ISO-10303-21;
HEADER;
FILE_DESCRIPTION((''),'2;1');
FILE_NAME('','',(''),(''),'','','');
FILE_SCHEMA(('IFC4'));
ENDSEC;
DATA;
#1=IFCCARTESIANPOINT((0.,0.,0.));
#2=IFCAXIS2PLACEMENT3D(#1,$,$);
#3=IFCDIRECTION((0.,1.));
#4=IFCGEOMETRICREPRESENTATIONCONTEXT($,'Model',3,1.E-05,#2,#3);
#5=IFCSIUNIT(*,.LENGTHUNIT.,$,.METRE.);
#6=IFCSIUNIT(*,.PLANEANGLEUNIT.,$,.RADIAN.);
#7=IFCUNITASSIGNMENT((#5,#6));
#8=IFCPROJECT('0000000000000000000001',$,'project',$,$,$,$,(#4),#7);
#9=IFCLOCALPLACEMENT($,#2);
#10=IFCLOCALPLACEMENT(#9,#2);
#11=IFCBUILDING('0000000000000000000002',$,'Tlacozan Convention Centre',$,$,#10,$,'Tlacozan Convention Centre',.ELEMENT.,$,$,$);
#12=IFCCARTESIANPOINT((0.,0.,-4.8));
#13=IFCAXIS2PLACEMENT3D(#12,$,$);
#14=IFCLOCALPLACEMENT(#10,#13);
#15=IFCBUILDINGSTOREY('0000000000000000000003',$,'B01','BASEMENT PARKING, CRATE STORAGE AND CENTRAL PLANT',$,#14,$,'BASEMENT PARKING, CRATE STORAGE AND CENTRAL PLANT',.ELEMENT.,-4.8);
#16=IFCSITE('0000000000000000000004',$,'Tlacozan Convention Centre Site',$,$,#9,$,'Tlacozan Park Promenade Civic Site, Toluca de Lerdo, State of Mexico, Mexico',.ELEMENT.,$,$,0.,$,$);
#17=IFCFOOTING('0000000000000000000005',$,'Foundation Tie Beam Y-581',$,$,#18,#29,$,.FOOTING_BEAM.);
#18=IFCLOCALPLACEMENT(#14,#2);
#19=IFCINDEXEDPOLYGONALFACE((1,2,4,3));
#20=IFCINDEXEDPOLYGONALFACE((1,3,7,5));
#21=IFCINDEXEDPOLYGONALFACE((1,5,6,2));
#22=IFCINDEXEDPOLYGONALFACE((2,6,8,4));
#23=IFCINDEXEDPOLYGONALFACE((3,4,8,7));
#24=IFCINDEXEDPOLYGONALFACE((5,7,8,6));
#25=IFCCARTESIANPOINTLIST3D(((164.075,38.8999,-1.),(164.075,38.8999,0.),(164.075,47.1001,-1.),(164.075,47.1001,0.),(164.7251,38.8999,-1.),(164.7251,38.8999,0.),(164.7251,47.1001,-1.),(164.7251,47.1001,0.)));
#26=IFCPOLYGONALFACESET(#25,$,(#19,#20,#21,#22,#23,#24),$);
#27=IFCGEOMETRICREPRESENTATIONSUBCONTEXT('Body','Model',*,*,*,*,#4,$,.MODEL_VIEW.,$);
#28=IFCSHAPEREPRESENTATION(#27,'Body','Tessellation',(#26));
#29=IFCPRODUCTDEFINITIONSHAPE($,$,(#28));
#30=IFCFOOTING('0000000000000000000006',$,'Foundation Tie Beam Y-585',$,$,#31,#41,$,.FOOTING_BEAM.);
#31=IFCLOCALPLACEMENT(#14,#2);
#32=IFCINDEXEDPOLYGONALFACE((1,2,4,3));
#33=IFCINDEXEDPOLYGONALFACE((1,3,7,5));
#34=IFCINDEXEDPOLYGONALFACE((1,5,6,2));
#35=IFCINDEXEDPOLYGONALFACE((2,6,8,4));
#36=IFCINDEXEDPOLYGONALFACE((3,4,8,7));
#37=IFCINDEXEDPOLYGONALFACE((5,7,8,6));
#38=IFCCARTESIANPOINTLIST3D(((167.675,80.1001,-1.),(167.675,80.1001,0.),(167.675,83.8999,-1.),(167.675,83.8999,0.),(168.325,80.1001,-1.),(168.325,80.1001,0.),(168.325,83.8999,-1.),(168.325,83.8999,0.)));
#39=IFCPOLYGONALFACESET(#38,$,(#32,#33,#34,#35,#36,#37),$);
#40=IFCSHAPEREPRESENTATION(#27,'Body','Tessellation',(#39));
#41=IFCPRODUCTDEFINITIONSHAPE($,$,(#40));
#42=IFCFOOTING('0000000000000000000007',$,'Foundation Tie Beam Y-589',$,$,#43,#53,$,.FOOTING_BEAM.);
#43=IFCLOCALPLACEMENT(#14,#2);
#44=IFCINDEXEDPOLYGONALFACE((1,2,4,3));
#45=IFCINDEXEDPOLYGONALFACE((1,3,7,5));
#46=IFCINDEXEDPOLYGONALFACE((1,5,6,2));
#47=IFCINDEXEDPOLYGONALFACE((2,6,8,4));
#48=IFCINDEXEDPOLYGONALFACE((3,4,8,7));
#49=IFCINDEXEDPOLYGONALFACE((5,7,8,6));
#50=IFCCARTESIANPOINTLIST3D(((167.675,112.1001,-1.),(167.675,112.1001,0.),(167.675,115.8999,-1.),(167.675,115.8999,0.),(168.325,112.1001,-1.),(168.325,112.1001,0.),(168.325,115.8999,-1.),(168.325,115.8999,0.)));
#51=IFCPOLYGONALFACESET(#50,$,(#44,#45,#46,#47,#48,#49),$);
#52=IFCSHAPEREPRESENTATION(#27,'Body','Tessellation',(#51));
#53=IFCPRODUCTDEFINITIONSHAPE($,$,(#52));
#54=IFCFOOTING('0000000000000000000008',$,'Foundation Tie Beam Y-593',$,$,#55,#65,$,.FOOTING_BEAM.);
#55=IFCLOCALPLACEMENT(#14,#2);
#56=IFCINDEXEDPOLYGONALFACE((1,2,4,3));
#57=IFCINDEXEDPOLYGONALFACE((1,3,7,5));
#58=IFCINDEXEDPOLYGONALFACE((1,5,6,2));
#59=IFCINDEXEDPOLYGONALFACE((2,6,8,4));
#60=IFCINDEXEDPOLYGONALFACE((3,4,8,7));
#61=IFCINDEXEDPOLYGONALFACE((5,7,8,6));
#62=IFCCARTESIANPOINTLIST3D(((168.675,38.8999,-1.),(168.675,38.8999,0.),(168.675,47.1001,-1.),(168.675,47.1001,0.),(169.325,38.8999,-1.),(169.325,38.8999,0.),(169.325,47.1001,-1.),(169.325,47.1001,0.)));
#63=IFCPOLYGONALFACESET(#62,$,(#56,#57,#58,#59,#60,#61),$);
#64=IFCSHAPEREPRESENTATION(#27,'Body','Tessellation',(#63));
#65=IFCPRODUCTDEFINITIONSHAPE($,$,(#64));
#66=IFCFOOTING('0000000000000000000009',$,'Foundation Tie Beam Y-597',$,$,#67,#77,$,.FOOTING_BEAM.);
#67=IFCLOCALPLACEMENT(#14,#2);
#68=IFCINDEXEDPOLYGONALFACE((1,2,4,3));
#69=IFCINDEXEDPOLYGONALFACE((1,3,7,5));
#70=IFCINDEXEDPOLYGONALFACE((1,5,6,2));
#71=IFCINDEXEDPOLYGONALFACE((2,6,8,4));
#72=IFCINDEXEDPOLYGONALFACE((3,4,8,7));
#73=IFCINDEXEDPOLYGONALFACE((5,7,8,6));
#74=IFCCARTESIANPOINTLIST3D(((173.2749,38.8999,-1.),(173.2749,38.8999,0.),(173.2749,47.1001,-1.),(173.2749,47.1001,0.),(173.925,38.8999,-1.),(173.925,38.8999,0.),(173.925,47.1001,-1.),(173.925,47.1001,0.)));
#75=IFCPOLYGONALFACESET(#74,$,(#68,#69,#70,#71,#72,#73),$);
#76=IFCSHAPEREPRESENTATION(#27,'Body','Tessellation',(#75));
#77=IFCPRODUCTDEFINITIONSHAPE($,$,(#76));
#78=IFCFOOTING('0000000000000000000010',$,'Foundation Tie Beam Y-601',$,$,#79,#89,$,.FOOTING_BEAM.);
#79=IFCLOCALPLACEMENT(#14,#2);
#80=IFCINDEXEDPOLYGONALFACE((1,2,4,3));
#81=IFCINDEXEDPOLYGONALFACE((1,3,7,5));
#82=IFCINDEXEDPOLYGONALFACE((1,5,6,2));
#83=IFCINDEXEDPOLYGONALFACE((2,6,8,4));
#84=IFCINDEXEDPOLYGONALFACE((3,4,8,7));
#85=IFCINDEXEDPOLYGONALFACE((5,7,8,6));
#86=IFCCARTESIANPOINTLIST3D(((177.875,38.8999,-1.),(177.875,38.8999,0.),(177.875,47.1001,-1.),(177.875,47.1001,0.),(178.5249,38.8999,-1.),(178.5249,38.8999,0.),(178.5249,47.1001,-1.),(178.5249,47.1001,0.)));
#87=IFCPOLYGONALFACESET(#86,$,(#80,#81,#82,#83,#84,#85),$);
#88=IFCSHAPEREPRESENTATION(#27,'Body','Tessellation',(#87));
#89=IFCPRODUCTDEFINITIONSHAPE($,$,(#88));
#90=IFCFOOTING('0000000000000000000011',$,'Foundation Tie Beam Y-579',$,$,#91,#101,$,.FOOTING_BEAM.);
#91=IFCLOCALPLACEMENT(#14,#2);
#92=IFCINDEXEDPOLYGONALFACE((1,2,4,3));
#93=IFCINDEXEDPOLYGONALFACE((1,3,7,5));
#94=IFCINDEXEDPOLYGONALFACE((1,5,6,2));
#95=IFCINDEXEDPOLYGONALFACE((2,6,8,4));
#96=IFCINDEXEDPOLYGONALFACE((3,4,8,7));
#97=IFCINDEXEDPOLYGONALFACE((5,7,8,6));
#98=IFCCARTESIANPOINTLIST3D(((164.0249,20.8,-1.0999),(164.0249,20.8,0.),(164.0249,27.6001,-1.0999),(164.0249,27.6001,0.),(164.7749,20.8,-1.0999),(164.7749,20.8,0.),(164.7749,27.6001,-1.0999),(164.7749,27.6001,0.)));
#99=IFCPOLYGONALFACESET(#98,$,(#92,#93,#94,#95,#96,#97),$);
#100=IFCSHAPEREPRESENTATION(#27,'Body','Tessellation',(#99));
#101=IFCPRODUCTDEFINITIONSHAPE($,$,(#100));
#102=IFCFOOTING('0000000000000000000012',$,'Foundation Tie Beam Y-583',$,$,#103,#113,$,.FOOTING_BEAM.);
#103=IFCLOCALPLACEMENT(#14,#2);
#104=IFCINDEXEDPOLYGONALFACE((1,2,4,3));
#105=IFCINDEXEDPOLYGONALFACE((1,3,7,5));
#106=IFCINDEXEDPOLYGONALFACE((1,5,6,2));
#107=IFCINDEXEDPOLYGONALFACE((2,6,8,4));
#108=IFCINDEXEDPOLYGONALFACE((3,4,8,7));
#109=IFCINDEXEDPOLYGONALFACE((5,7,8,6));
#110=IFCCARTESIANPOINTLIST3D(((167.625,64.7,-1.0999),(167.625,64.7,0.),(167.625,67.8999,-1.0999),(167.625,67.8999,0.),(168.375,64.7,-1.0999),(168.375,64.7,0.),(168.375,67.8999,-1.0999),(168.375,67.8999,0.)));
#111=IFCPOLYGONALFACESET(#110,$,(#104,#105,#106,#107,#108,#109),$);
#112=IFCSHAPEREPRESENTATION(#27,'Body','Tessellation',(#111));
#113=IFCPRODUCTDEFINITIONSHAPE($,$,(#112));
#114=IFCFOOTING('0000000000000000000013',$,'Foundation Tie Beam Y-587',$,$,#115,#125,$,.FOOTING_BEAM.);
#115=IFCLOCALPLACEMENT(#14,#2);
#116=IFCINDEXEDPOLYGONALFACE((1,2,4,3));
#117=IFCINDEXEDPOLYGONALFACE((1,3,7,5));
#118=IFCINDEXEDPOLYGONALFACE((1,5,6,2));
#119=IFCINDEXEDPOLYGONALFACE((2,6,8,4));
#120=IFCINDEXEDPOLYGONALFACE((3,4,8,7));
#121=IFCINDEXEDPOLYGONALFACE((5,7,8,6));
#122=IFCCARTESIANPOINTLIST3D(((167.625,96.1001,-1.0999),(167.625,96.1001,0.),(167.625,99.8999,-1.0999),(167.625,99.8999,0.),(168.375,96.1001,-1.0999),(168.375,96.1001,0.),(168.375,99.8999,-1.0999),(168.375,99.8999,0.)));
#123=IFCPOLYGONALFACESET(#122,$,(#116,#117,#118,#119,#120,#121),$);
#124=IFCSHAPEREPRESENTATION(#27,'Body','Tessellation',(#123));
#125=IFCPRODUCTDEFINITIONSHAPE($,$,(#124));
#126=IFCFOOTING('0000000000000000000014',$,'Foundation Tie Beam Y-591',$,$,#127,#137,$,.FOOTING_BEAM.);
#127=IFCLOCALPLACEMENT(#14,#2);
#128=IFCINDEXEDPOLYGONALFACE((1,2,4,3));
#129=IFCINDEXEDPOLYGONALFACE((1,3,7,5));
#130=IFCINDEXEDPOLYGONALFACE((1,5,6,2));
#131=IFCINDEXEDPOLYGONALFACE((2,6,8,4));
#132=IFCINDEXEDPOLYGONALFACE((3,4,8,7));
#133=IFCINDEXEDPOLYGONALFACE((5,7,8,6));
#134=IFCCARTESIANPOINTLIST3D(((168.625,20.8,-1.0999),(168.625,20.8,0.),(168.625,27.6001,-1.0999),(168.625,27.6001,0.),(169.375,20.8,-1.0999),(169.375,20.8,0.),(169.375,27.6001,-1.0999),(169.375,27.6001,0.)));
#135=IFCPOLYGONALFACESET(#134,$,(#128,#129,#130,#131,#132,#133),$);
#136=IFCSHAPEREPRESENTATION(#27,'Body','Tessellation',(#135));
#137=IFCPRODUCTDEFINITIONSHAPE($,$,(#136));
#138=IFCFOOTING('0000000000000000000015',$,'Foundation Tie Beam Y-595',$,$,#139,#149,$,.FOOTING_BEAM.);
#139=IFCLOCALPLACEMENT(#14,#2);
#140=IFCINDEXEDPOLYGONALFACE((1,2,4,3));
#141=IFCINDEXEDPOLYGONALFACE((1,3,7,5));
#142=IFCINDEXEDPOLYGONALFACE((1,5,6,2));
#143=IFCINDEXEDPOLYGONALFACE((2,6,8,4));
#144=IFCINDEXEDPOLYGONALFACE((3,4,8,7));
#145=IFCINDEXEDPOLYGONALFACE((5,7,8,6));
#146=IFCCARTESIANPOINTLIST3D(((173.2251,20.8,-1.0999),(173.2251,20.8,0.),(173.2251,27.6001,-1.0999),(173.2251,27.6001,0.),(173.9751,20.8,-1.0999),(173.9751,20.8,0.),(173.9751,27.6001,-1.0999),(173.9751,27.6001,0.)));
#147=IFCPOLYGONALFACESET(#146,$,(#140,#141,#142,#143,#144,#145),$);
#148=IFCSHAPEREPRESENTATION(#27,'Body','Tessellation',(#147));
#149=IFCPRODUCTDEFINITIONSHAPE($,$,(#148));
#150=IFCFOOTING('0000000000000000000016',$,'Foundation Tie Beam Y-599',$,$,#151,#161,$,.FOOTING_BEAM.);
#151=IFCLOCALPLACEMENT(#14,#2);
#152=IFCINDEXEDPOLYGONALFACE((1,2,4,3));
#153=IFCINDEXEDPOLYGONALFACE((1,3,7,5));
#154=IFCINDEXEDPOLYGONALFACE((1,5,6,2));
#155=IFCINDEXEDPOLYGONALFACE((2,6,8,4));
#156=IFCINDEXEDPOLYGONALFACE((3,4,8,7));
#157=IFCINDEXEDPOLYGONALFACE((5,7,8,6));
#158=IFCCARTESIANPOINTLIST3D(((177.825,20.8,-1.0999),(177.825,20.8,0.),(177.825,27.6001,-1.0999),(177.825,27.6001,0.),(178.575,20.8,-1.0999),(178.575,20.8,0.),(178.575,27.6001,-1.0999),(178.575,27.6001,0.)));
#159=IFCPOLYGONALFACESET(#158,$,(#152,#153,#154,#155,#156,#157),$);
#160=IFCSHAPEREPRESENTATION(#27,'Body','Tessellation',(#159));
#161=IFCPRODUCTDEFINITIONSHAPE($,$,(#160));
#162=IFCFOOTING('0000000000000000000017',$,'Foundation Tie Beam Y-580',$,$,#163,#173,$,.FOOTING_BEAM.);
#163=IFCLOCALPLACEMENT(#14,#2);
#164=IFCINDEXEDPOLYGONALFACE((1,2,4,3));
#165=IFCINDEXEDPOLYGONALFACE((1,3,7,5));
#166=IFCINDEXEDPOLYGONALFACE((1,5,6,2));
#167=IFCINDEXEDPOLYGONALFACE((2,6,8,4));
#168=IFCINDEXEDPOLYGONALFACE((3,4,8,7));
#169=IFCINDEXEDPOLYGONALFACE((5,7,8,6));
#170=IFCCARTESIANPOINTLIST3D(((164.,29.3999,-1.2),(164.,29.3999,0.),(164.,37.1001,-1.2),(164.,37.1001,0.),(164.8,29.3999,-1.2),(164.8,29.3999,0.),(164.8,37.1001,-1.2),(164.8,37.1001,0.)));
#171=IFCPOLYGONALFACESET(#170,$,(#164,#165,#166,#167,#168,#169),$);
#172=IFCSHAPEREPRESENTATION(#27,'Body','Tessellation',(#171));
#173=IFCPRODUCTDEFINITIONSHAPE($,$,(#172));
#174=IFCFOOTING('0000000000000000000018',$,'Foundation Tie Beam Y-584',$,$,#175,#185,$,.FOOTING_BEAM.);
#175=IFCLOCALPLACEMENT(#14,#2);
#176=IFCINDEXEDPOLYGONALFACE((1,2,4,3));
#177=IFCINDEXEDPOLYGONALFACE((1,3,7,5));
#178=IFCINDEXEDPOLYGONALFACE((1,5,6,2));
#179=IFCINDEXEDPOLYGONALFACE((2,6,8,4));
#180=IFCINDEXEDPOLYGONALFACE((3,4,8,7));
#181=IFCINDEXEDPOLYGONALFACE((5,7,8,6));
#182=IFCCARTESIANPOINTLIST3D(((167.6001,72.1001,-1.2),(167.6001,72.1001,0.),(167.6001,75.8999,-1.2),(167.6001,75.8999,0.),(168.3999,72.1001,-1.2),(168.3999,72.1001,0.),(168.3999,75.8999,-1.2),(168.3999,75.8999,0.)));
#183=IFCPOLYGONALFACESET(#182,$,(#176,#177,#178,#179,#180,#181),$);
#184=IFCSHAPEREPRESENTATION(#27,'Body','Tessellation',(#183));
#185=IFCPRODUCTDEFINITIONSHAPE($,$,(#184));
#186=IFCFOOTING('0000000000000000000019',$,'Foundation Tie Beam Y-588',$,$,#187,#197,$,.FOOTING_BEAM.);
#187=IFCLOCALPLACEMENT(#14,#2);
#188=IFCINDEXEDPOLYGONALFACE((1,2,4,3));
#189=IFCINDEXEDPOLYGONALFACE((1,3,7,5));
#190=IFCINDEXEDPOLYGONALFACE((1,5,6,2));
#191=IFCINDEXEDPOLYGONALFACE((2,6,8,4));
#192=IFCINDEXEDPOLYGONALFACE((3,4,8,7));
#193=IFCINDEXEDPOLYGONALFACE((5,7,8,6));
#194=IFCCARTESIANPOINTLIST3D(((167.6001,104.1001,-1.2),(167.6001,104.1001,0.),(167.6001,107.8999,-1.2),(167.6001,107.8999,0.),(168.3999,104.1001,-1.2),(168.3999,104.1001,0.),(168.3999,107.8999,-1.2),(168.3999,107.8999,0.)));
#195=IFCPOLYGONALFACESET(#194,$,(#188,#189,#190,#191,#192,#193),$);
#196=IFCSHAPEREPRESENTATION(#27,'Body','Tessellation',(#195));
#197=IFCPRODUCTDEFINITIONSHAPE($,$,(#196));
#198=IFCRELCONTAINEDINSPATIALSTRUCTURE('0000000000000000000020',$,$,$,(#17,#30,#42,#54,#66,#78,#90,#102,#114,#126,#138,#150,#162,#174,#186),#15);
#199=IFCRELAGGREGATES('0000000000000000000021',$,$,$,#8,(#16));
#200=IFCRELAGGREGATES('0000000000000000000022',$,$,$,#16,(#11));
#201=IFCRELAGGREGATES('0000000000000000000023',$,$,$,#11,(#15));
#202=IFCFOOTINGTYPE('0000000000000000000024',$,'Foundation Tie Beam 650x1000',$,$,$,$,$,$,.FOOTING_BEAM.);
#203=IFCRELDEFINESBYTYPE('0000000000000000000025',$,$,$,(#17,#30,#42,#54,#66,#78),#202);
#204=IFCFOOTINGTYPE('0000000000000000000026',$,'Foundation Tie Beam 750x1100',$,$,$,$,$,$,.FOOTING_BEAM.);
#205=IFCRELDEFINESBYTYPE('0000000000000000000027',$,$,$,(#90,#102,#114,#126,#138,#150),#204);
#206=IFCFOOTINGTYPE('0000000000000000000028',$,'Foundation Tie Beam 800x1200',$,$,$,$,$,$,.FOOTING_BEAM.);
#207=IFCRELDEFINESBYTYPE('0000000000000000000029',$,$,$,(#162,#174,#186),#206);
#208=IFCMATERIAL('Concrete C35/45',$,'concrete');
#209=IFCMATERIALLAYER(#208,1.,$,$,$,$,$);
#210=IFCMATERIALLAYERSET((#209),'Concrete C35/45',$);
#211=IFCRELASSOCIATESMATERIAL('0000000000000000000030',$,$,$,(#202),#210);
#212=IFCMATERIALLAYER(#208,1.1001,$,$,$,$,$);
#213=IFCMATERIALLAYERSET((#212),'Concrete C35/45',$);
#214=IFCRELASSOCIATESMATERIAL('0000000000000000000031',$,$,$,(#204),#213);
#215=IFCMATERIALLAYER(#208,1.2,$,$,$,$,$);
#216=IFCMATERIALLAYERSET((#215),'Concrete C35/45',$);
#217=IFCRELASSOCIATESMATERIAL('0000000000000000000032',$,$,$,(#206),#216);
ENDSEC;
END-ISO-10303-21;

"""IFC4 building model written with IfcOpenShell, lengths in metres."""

from ifc_helpers import new_model, si_unit, direction, frame, origin, place, context, subcontext, project, spatial, polyline, outline, extrude, material, layer, layer_set, type_object, element, save


model = new_model("IFC4")

# Units and contexts
model_context = context("Model", 3, precision=1e-05, world=origin(), true_north=direction((0.0, 1.0)))
body_context = subcontext(model_context, "Body", "Model", "MODEL_VIEW")
ifc_project = project(units=[si_unit("LENGTHUNIT", "METRE"), si_unit("PLANEANGLEUNIT", "RADIAN")], contexts=[model_context])

# Site, building, storey
site_placement = place(None, origin())
site = spatial("IfcSite", under=ifc_project, at=site_placement, Name="Tlacozan Convention Centre Site", LongName="Tlacozan Park Promenade Civic Site, Toluca de Lerdo, State of Mexico, Mexico", CompositionType="ELEMENT", RefElevation=0.0)
building_placement = place(site_placement, origin())
building = spatial("IfcBuilding", under=site, at=building_placement, Name="Tlacozan Convention Centre", LongName="Tlacozan Convention Centre", CompositionType="ELEMENT")
storey_placement = place(building_placement, frame((0.0, 0.0, -4.8)))
storey = spatial("IfcBuildingStorey", under=building, at=storey_placement, Name="B01", Description="BASEMENT PARKING, CRATE STORAGE AND CENTRAL PLANT", LongName="BASEMENT PARKING, CRATE STORAGE AND CENTRAL PLANT", CompositionType="ELEMENT", Elevation=-4.8)

# Footings
ifc_material = material(Name="Concrete C35/45", Category="concrete")
ifc_layer_1 = layer(ifc_material, 1.0)
ifc_layer_set_1 = layer_set([ifc_layer_1], Name="Concrete C35/45")
footing_type_1 = type_object("IfcFootingType", Name="Foundation Tie Beam 650x1000", PredefinedType="FOOTING_BEAM", material=ifc_layer_set_1)
footing_1_placement = place(storey_placement, frame((0.0, 0.0, -1.0)))
element("IfcFooting", 1, at=footing_1_placement, inside=storey, type_object=footing_type_1, Name="Foundation Tie Beam Y-581", PredefinedType="FOOTING_BEAM", context=body_context, shape_type="SweptSolid", body=[
    extrude(outline(polyline([(164.075, 38.8999), (164.7251, 38.8999), (164.7251, 47.1001), (164.075, 47.1001), (164.075, 38.8999)])), origin(), (0.0, 0.0, 1.0), 1.0),
])
footing_2_placement = place(storey_placement, frame((0.0, 0.0, -1.0)))
element("IfcFooting", 2, at=footing_2_placement, inside=storey, type_object=footing_type_1, Name="Foundation Tie Beam Y-585", PredefinedType="FOOTING_BEAM", context=body_context, shape_type="SweptSolid", body=[
    extrude(outline(polyline([(167.675, 80.1001), (168.325, 80.1001), (168.325, 83.8999), (167.675, 83.8999), (167.675, 80.1001)])), origin(), (0.0, 0.0, 1.0), 1.0),
])
footing_3_placement = place(storey_placement, frame((0.0, 0.0, -1.0)))
element("IfcFooting", 3, at=footing_3_placement, inside=storey, type_object=footing_type_1, Name="Foundation Tie Beam Y-589", PredefinedType="FOOTING_BEAM", context=body_context, shape_type="SweptSolid", body=[
    extrude(outline(polyline([(167.675, 112.1001), (168.325, 112.1001), (168.325, 115.8999), (167.675, 115.8999), (167.675, 112.1001)])), origin(), (0.0, 0.0, 1.0), 1.0),
])
footing_4_placement = place(storey_placement, frame((0.0, 0.0, -1.0)))
element("IfcFooting", 4, at=footing_4_placement, inside=storey, type_object=footing_type_1, Name="Foundation Tie Beam Y-593", PredefinedType="FOOTING_BEAM", context=body_context, shape_type="SweptSolid", body=[
    extrude(outline(polyline([(168.675, 38.8999), (169.325, 38.8999), (169.325, 47.1001), (168.675, 47.1001), (168.675, 38.8999)])), origin(), (0.0, 0.0, 1.0), 1.0),
])
footing_5_placement = place(storey_placement, frame((0.0, 0.0, -1.0)))
element("IfcFooting", 5, at=footing_5_placement, inside=storey, type_object=footing_type_1, Name="Foundation Tie Beam Y-597", PredefinedType="FOOTING_BEAM", context=body_context, shape_type="SweptSolid", body=[
    extrude(outline(polyline([(173.2749, 38.8999), (173.925, 38.8999), (173.925, 47.1001), (173.2749, 47.1001), (173.2749, 38.8999)])), origin(), (0.0, 0.0, 1.0), 1.0),
])
footing_6_placement = place(storey_placement, frame((0.0, 0.0, -1.0)))
element("IfcFooting", 6, at=footing_6_placement, inside=storey, type_object=footing_type_1, Name="Foundation Tie Beam Y-601", PredefinedType="FOOTING_BEAM", context=body_context, shape_type="SweptSolid", body=[
    extrude(outline(polyline([(177.875, 38.8999), (178.5249, 38.8999), (178.5249, 47.1001), (177.875, 47.1001), (177.875, 38.8999)])), origin(), (0.0, 0.0, 1.0), 1.0),
])
ifc_layer_2 = layer(ifc_material, 1.1001)
ifc_layer_set_2 = layer_set([ifc_layer_2], Name="Concrete C35/45")
footing_type_2 = type_object("IfcFootingType", Name="Foundation Tie Beam 750x1100", PredefinedType="FOOTING_BEAM", material=ifc_layer_set_2)
footing_7_placement = place(storey_placement, frame((0.0, 0.0, -1.0999)))
element("IfcFooting", 7, at=footing_7_placement, inside=storey, type_object=footing_type_2, Name="Foundation Tie Beam Y-579", PredefinedType="FOOTING_BEAM", context=body_context, shape_type="SweptSolid", body=[
    extrude(outline(polyline([(164.0249, 20.8), (164.7749, 20.8), (164.7749, 27.6001), (164.0249, 27.6001), (164.0249, 20.8)])), origin(), (0.0, 0.0, 1.0), 1.0999),
])
footing_8_placement = place(storey_placement, frame((0.0, 0.0, -1.0999)))
element("IfcFooting", 8, at=footing_8_placement, inside=storey, type_object=footing_type_2, Name="Foundation Tie Beam Y-583", PredefinedType="FOOTING_BEAM", context=body_context, shape_type="SweptSolid", body=[
    extrude(outline(polyline([(167.625, 64.7), (168.375, 64.7), (168.375, 67.8999), (167.625, 67.8999), (167.625, 64.7)])), origin(), (0.0, 0.0, 1.0), 1.0999),
])
footing_9_placement = place(storey_placement, frame((0.0, 0.0, -1.0999)))
element("IfcFooting", 9, at=footing_9_placement, inside=storey, type_object=footing_type_2, Name="Foundation Tie Beam Y-587", PredefinedType="FOOTING_BEAM", context=body_context, shape_type="SweptSolid", body=[
    extrude(outline(polyline([(167.625, 96.1001), (168.375, 96.1001), (168.375, 99.8999), (167.625, 99.8999), (167.625, 96.1001)])), origin(), (0.0, 0.0, 1.0), 1.0999),
])
footing_10_placement = place(storey_placement, frame((0.0, 0.0, -1.0999)))
element("IfcFooting", 10, at=footing_10_placement, inside=storey, type_object=footing_type_2, Name="Foundation Tie Beam Y-591", PredefinedType="FOOTING_BEAM", context=body_context, shape_type="SweptSolid", body=[
    extrude(outline(polyline([(168.625, 20.8), (169.375, 20.8), (169.375, 27.6001), (168.625, 27.6001), (168.625, 20.8)])), origin(), (0.0, 0.0, 1.0), 1.0999),
])
footing_11_placement = place(storey_placement, frame((0.0, 0.0, -1.0999)))
element("IfcFooting", 11, at=footing_11_placement, inside=storey, type_object=footing_type_2, Name="Foundation Tie Beam Y-595", PredefinedType="FOOTING_BEAM", context=body_context, shape_type="SweptSolid", body=[
    extrude(outline(polyline([(173.2251, 20.8), (173.9751, 20.8), (173.9751, 27.6001), (173.2251, 27.6001), (173.2251, 20.8)])), origin(), (0.0, 0.0, 1.0), 1.0999),
])
footing_12_placement = place(storey_placement, frame((0.0, 0.0, -1.0999)))
element("IfcFooting", 12, at=footing_12_placement, inside=storey, type_object=footing_type_2, Name="Foundation Tie Beam Y-599", PredefinedType="FOOTING_BEAM", context=body_context, shape_type="SweptSolid", body=[
    extrude(outline(polyline([(177.825, 20.8), (178.575, 20.8), (178.575, 27.6001), (177.825, 27.6001), (177.825, 20.8)])), origin(), (0.0, 0.0, 1.0), 1.0999),
])
ifc_layer_3 = layer(ifc_material, 1.2)
ifc_layer_set_3 = layer_set([ifc_layer_3], Name="Concrete C35/45")
footing_type_3 = type_object("IfcFootingType", Name="Foundation Tie Beam 800x1200", PredefinedType="FOOTING_BEAM", material=ifc_layer_set_3)
footing_13_placement = place(storey_placement, frame((0.0, 0.0, -1.2)))
element("IfcFooting", 13, at=footing_13_placement, inside=storey, type_object=footing_type_3, Name="Foundation Tie Beam Y-580", PredefinedType="FOOTING_BEAM", context=body_context, shape_type="SweptSolid", body=[
    extrude(outline(polyline([(164.0, 29.3999), (164.8, 29.3999), (164.8, 37.1001), (164.0, 37.1001), (164.0, 29.3999)])), origin(), (0.0, 0.0, 1.0), 1.2),
])
footing_14_placement = place(storey_placement, frame((0.0, 0.0, -1.2)))
element("IfcFooting", 14, at=footing_14_placement, inside=storey, type_object=footing_type_3, Name="Foundation Tie Beam Y-584", PredefinedType="FOOTING_BEAM", context=body_context, shape_type="SweptSolid", body=[
    extrude(outline(polyline([(167.6001, 72.1001), (168.3999, 72.1001), (168.3999, 75.8999), (167.6001, 75.8999), (167.6001, 72.1001)])), origin(), (0.0, 0.0, 1.0), 1.2),
])
footing_15_placement = place(storey_placement, frame((0.0, 0.0, -1.2)))
element("IfcFooting", 15, at=footing_15_placement, inside=storey, type_object=footing_type_3, Name="Foundation Tie Beam Y-588", PredefinedType="FOOTING_BEAM", context=body_context, shape_type="SweptSolid", body=[
    extrude(outline(polyline([(167.6001, 104.1001), (168.3999, 104.1001), (168.3999, 107.8999), (167.6001, 107.8999), (167.6001, 104.1001)])), origin(), (0.0, 0.0, 1.0), 1.2),
])

save(model, "model.ifc")
